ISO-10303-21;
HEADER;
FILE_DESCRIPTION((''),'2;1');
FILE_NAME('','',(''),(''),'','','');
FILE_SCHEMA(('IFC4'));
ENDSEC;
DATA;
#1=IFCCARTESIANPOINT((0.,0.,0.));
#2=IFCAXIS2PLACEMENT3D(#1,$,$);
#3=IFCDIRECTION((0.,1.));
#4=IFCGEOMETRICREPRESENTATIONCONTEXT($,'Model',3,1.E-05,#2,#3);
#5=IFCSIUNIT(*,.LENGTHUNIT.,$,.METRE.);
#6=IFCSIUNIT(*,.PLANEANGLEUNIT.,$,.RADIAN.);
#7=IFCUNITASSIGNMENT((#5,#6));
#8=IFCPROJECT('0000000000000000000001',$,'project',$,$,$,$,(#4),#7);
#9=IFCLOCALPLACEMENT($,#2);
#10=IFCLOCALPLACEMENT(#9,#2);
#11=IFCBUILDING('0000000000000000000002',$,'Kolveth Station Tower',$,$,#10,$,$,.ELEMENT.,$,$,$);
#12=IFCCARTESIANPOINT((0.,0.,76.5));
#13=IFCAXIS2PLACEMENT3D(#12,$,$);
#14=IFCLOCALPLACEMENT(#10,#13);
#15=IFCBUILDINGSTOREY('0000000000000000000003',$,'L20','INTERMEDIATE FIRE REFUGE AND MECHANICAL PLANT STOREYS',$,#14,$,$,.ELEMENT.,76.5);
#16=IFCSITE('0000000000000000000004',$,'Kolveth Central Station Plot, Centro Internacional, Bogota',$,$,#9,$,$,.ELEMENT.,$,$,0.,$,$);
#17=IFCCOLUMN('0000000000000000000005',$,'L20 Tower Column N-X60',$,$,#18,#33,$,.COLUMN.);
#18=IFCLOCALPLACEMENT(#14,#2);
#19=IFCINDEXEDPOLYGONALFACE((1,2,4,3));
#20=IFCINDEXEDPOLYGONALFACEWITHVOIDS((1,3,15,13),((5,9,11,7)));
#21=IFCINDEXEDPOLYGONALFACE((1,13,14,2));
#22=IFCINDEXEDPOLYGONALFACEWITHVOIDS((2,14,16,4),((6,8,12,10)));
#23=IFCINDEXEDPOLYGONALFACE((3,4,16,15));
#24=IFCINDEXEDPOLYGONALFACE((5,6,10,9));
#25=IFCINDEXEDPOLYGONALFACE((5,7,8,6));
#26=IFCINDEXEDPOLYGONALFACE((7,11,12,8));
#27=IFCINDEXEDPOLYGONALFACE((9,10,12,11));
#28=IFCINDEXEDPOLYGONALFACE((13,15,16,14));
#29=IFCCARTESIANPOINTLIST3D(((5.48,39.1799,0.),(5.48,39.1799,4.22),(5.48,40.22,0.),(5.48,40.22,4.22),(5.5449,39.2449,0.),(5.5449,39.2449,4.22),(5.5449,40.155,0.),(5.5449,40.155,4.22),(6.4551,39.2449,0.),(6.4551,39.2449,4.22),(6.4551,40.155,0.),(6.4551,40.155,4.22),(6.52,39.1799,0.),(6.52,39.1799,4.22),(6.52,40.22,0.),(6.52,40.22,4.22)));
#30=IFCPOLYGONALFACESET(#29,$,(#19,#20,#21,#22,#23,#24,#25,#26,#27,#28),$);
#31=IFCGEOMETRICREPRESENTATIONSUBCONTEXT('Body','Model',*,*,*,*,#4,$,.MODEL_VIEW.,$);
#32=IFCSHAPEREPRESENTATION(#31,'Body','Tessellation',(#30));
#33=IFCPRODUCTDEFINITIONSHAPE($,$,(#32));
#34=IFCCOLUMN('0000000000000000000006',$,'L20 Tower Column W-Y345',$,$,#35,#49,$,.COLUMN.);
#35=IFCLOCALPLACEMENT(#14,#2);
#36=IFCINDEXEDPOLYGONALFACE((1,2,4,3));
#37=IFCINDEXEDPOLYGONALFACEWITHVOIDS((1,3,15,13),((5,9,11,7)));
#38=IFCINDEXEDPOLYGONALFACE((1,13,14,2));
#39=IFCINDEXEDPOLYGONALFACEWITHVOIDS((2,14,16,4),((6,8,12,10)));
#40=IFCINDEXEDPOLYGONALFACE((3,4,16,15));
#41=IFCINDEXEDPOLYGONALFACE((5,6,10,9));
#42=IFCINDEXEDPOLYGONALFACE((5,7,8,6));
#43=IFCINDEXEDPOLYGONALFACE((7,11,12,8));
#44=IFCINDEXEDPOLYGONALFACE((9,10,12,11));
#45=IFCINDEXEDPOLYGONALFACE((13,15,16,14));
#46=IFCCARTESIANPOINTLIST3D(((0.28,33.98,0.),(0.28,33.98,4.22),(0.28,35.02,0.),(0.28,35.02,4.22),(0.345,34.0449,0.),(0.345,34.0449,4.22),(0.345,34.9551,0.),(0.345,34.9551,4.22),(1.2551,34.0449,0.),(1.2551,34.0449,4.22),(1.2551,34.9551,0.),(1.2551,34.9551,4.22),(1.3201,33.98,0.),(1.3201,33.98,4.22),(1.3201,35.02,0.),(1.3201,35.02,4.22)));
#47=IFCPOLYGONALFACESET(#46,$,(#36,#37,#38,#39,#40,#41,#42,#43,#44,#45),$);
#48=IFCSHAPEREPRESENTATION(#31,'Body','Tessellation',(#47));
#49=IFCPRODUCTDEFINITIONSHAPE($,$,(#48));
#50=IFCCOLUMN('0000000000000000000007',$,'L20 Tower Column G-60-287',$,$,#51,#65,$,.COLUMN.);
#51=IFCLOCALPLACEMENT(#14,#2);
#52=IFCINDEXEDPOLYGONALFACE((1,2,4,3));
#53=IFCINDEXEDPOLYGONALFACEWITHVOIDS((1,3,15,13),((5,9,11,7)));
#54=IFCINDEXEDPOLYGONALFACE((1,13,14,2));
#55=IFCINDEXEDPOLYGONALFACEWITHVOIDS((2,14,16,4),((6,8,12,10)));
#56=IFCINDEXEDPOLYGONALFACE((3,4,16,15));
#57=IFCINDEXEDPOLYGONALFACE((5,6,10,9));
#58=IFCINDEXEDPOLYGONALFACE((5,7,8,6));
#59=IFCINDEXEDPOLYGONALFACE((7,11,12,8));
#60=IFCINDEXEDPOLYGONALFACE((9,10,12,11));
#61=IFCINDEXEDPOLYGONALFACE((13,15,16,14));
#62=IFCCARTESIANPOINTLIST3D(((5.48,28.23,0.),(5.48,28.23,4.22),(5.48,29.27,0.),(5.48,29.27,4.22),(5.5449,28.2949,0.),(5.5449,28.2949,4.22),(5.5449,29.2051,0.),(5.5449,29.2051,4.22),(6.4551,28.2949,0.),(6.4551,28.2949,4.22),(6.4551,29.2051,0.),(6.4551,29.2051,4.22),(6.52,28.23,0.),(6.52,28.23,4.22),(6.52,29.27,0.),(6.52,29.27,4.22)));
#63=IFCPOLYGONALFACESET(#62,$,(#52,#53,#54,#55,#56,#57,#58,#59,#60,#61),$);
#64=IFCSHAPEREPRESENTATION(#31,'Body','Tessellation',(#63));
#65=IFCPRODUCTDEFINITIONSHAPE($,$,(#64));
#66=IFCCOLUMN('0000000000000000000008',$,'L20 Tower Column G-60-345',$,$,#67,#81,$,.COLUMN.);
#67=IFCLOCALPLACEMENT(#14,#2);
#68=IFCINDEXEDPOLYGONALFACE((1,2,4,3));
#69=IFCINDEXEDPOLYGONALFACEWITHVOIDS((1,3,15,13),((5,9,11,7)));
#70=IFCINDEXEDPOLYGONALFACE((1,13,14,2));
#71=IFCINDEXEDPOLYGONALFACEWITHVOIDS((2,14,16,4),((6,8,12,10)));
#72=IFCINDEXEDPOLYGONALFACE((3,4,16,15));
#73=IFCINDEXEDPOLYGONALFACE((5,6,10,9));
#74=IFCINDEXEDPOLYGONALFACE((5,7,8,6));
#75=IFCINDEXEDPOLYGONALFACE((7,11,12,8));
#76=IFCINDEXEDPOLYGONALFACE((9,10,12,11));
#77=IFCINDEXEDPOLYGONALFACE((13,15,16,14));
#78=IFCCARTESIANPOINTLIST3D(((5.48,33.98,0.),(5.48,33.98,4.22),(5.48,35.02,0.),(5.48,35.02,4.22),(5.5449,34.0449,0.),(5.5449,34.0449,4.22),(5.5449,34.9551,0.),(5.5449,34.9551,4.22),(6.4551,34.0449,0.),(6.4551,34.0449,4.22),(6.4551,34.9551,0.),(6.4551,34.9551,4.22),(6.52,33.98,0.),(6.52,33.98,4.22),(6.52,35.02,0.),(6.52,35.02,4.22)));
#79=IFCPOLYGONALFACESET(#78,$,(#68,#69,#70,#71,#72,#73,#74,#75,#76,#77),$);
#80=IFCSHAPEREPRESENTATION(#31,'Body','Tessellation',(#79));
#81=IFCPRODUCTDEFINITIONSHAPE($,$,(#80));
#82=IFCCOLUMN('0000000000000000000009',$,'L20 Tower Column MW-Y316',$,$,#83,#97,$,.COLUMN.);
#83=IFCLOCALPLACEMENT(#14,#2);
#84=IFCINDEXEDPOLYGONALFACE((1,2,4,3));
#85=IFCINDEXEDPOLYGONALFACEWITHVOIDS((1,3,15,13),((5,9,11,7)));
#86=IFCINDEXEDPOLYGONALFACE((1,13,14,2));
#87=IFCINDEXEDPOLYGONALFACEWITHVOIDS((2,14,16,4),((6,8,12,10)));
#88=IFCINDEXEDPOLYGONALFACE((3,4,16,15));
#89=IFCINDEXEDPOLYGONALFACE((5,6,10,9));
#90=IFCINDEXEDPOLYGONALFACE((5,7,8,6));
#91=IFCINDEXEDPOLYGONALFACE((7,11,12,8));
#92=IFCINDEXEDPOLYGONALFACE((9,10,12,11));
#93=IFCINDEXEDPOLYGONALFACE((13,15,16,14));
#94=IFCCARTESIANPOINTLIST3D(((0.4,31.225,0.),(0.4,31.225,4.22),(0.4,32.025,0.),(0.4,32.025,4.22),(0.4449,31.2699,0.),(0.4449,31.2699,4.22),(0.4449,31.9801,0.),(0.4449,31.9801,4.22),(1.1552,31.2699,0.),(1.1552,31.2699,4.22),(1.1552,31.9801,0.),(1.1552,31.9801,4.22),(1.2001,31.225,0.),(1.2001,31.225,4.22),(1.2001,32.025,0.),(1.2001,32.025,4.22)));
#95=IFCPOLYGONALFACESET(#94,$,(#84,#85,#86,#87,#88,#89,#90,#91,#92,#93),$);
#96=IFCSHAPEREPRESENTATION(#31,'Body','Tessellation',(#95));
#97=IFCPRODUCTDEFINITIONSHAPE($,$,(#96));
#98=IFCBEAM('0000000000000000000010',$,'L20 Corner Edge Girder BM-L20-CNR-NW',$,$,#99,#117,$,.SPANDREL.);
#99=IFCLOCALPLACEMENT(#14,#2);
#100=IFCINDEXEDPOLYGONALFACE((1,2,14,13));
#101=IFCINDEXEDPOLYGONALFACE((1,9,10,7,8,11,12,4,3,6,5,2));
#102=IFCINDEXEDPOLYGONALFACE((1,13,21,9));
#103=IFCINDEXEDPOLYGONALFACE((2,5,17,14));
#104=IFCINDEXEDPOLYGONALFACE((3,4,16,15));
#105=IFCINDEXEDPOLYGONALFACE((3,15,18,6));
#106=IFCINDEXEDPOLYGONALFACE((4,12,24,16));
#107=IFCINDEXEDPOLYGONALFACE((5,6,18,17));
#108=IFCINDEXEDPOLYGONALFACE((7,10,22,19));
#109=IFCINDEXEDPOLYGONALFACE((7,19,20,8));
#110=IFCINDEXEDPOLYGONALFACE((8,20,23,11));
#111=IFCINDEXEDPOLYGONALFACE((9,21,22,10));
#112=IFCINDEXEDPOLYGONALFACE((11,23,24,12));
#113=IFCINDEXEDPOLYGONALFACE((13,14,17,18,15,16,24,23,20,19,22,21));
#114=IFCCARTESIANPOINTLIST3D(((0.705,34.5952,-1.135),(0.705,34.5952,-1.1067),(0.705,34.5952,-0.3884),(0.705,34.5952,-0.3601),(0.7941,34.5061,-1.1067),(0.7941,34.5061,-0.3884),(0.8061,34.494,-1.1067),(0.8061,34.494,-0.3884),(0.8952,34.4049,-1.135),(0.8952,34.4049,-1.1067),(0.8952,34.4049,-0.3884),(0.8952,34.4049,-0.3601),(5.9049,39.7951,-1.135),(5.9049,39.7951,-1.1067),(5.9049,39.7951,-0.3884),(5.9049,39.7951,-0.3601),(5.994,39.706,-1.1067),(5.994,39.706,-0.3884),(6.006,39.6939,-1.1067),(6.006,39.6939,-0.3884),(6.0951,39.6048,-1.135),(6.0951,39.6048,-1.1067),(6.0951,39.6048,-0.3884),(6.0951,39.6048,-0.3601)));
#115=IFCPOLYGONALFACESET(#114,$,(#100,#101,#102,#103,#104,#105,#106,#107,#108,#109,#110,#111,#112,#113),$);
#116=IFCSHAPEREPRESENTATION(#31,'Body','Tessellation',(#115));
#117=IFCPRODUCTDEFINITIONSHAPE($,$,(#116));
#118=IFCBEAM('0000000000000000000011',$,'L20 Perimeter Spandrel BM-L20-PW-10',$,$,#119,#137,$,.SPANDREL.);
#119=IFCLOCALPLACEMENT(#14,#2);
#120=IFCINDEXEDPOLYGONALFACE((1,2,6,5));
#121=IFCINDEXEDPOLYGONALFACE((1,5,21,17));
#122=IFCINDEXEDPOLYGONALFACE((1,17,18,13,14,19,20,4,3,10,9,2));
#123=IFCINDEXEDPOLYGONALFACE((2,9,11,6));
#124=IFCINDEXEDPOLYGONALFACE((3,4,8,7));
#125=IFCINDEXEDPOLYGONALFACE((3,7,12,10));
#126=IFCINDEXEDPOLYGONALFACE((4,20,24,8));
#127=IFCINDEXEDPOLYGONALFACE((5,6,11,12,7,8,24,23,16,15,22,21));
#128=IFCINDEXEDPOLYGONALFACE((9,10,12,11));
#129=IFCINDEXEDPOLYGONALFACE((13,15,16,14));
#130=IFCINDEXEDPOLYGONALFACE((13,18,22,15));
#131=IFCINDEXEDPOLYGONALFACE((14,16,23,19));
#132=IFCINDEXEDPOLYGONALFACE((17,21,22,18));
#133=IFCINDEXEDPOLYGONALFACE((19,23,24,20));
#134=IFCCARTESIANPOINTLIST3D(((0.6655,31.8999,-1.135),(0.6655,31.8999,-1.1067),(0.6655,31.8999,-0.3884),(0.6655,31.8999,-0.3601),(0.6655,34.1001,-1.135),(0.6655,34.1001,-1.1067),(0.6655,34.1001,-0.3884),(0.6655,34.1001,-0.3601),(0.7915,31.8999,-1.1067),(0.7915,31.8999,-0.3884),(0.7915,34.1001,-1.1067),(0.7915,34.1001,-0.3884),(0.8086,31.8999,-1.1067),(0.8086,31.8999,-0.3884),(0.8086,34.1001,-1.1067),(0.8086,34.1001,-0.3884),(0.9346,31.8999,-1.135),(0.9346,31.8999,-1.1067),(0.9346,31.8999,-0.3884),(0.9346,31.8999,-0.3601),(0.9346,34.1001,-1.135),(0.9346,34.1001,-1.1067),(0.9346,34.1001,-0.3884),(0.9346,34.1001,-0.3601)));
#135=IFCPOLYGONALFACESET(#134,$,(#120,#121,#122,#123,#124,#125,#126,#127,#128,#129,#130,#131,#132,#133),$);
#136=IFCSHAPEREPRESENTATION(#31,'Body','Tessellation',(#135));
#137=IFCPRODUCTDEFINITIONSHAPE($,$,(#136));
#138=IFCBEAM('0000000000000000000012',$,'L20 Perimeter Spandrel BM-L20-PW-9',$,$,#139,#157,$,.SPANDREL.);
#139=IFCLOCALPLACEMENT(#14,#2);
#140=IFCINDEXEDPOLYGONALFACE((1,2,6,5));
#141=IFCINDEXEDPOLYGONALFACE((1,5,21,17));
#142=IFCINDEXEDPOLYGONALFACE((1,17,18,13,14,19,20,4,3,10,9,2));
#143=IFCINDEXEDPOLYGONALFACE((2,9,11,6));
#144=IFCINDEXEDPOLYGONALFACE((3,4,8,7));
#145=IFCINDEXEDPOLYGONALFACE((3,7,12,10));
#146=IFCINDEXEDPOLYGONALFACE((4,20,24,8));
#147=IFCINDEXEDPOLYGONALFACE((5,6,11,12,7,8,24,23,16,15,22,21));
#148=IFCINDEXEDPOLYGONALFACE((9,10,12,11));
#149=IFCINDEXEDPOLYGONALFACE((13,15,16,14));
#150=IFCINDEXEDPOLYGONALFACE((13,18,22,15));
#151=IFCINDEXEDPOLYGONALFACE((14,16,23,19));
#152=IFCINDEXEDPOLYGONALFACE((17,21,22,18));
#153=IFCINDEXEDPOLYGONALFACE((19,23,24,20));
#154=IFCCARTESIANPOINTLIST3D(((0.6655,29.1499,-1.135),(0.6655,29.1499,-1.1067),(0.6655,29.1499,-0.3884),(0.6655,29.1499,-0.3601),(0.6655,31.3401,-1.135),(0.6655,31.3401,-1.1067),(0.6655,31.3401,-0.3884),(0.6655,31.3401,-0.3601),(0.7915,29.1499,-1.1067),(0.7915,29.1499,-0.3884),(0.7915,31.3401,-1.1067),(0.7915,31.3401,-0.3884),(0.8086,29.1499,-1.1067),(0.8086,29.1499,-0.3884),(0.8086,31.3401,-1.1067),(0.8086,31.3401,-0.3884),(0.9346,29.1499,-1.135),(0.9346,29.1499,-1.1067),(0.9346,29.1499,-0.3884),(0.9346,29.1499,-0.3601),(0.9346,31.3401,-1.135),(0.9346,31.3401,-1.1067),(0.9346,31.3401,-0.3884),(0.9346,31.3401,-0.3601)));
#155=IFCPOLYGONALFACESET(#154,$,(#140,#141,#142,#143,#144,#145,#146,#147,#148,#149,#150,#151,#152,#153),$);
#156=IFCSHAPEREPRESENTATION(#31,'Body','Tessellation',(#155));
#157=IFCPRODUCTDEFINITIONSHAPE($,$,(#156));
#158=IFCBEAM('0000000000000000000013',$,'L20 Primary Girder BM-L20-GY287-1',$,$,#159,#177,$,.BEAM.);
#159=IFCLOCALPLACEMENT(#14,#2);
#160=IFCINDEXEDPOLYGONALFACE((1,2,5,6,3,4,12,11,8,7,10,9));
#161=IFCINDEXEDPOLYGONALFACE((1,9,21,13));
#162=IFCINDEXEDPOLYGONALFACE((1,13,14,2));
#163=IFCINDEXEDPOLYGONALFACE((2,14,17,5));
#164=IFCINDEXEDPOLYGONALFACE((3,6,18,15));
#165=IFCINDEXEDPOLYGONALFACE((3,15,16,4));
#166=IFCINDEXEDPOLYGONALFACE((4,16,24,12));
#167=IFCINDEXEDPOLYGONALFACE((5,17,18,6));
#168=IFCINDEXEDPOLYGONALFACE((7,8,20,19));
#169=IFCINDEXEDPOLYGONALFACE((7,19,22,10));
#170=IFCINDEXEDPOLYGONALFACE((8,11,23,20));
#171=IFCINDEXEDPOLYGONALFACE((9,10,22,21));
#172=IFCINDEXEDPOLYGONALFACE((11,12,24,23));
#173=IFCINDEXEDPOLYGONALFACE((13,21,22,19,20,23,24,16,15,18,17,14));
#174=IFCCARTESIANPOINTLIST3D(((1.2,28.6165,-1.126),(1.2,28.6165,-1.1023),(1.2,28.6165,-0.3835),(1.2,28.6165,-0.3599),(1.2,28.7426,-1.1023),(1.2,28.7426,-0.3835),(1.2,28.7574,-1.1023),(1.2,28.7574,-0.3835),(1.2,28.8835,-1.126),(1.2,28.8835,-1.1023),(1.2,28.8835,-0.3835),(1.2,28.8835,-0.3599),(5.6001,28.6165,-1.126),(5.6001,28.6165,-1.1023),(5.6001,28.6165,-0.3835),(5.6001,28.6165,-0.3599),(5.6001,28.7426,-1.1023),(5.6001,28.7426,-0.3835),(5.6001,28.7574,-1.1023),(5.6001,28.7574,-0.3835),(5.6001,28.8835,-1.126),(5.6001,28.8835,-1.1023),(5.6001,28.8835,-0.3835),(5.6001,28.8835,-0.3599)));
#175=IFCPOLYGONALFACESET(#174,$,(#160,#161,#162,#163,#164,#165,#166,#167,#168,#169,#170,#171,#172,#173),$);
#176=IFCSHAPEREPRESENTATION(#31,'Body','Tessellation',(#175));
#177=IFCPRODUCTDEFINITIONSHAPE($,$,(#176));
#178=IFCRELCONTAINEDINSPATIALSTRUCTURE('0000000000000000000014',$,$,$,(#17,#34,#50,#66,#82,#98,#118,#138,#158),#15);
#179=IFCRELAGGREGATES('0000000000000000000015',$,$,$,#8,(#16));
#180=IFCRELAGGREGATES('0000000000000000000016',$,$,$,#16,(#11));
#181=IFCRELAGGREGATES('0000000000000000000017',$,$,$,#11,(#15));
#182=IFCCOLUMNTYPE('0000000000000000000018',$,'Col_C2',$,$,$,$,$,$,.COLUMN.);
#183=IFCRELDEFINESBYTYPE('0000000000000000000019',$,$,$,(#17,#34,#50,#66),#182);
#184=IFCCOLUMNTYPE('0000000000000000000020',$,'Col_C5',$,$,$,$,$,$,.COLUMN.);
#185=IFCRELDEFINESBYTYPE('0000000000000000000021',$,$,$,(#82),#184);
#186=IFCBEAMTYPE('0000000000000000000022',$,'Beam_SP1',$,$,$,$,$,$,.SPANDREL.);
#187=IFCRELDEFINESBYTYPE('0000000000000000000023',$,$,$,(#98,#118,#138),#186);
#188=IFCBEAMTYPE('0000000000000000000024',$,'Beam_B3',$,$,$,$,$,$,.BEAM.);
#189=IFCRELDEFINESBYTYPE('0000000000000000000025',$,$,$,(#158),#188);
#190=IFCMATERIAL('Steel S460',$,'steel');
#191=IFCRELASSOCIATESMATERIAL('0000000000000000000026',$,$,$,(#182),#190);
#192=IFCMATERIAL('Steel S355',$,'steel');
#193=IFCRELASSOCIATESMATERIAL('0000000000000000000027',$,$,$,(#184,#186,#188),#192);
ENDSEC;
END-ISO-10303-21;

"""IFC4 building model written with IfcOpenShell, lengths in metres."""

from ifc_helpers import new_model, si_unit, direction, frame, origin, origin_2d, place, context, subcontext, project, spatial, hollow_rectangle, i_section, extrude, source, transform, mapped, material, material_profile, profile_set, type_object, element, save


model = new_model("IFC4")

# Units and contexts
model_context = context("Model", 3, precision=1e-05, world=origin(), true_north=direction((0.0, 1.0)))
body_context = subcontext(model_context, "Body", "Model", "MODEL_VIEW")
ifc_project = project(units=[si_unit("LENGTHUNIT", "METRE"), si_unit("PLANEANGLEUNIT", "RADIAN")], contexts=[model_context])

# Site, building, storey
site_placement = place(None, origin())
site = spatial("IfcSite", under=ifc_project, at=site_placement, Name="Kolveth Central Station Plot, Centro Internacional, Bogota", CompositionType="ELEMENT", RefElevation=0.0)
building_placement = place(site_placement, origin())
building = spatial("IfcBuilding", under=site, at=building_placement, Name="Kolveth Station Tower", CompositionType="ELEMENT")
storey_placement = place(building_placement, frame((0.0, 0.0, 76.5)))
storey = spatial("IfcBuildingStorey", under=building, at=storey_placement, Name="L20", Description="INTERMEDIATE FIRE REFUGE AND MECHANICAL PLANT STOREYS", CompositionType="ELEMENT", Elevation=76.5)

# Columns
ifc_material_1 = material(Name="Steel S460", Category="steel")
ifc_material_profile_1 = material_profile(ifc_material_1, hollow_rectangle(XDim=1.04, YDim=1.04, WallThickness=0.0649, at=origin_2d()), Name="BOX1040x1040x65")
ifc_profile_set_1 = profile_set([ifc_material_profile_1], Name="Steel S460")
column_type_1 = type_object("IfcColumnType", Name="Col_C2", PredefinedType="COLUMN", material=ifc_profile_set_1)
shared_shape_1 = source(origin(), body_context, "Body", "SweptSolid", [
    extrude(hollow_rectangle(XDim=1.04, YDim=1.04, WallThickness=0.0649, at=origin_2d()), origin(), (0.0, 0.0, 1.0), 4.22),
])
for number, where, z_axis, x_axis, name in (
    (1, (6.0, 39.7, 0.0), (0.0, 0.0, 1.0), (1.0, 0.0, 0.0), "L20 Tower Column N-X60"),
    (2, (0.8, 34.5, 0.0), (0.0, 0.0, 1.0), (1.0, 0.0, 0.0), "L20 Tower Column W-Y345"),
    (3, (6.0, 28.75, 0.0), (0.0, 0.0, 1.0), (1.0, 0.0, 0.0), "L20 Tower Column G-60-287"),
    (4, (6.0, 34.5, 0.0), (0.0, 0.0, 1.0), (1.0, 0.0, 0.0), "L20 Tower Column G-60-345"),
):
    element("IfcColumn", number, at=place(storey_placement, frame(where, z_axis=z_axis, x_axis=x_axis)), inside=storey, type_object=column_type_1, Name=name, PredefinedType="COLUMN", context=body_context, shape_type="MappedRepresentation", body=[
        mapped(shared_shape_1, transform((0.0, 0.0, 0.0), x_axis=(1.0, 0.0, 0.0), y_axis=(0.0, 1.0, 0.0), z_axis=(0.0, 0.0, 1.0), scale=1.0)),
    ])
ifc_material_2 = material(Name="Steel S355", Category="steel")
ifc_material_profile_2 = material_profile(ifc_material_2, hollow_rectangle(XDim=0.8, YDim=0.8, WallThickness=0.0449, at=origin_2d()), Name="BOX800x800x45")
ifc_profile_set_2 = profile_set([ifc_material_profile_2], Name="Steel S355")
column_type_2 = type_object("IfcColumnType", Name="Col_C5", PredefinedType="COLUMN", material=ifc_profile_set_2)
shared_shape_2 = source(origin(), body_context, "Body", "SweptSolid", [
    extrude(hollow_rectangle(XDim=0.8, YDim=0.8, WallThickness=0.0449, at=origin_2d()), origin(), (0.0, 0.0, 1.0), 4.22),
])
column_placement = place(storey_placement, frame((0.8, 31.625, 0.0), z_axis=(0.0, 0.0, 1.0), x_axis=(1.0, 0.0, 0.0)))
element("IfcColumn", 5, at=column_placement, inside=storey, type_object=column_type_2, Name="L20 Tower Column MW-Y316", PredefinedType="COLUMN", context=body_context, shape_type="MappedRepresentation", body=[
    mapped(shared_shape_2, transform((0.0, 0.0, 0.0), x_axis=(1.0, 0.0, 0.0), y_axis=(0.0, 1.0, 0.0), z_axis=(0.0, 0.0, 1.0), scale=1.0)),
])

# Beams
ifc_material_profile_3 = material_profile(ifc_material_2, i_section(OverallWidth=0.269, OverallDepth=0.7749, WebThickness=0.0171, FlangeThickness=0.0283, at=origin_2d()), Name="W760x220")
ifc_profile_set_3 = profile_set([ifc_material_profile_3], Name="Steel S355")
beam_type_1 = type_object("IfcBeamType", Name="Beam_SP1", PredefinedType="SPANDREL", material=ifc_profile_set_3)
shared_shape_3 = source(origin(), body_context, "Body", "SweptSolid", [
    extrude(i_section(OverallWidth=0.269, OverallDepth=0.7749, WebThickness=0.0171, FlangeThickness=0.0283, at=origin_2d()), origin(), (0.0, 0.0, 1.0), 7.3538),
])
beam_1_placement = place(storey_placement, frame((6.0, 39.7, -0.7476), z_axis=(-0.707107, -0.707107, 0.0), x_axis=(0.707107, -0.707107, 0.0)))
element("IfcBeam", 6, at=beam_1_placement, inside=storey, type_object=beam_type_1, Name="L20 Corner Edge Girder BM-L20-CNR-NW", PredefinedType="SPANDREL", context=body_context, shape_type="MappedRepresentation", body=[
    mapped(shared_shape_3, transform((0.0, 0.0, 0.0), x_axis=(1.0, 0.0, 0.0), y_axis=(0.0, 1.0, 0.0), z_axis=(0.0, 0.0, 1.0), scale=1.0)),
])
shared_shape_4 = source(origin(), body_context, "Body", "SweptSolid", [
    extrude(i_section(OverallWidth=0.269, OverallDepth=0.7749, WebThickness=0.0171, FlangeThickness=0.0283, at=origin_2d()), origin(), (0.0, 0.0, 1.0), 2.2002),
])
beam_2_placement = place(storey_placement, frame((0.8, 31.8999, -0.7476), z_axis=(0.0, 1.0, 0.0), x_axis=(-1.0, 0.0, 0.0)))
element("IfcBeam", 7, at=beam_2_placement, inside=storey, type_object=beam_type_1, Name="L20 Perimeter Spandrel BM-L20-PW-10", PredefinedType="SPANDREL", context=body_context, shape_type="MappedRepresentation", body=[
    mapped(shared_shape_4, transform((0.0, 0.0, 0.0), x_axis=(1.0, 0.0, 0.0), y_axis=(0.0, 1.0, 0.0), z_axis=(0.0, 0.0, 1.0), scale=1.0)),
])
shared_shape_5 = source(origin(), body_context, "Body", "SweptSolid", [
    extrude(i_section(OverallWidth=0.269, OverallDepth=0.7749, WebThickness=0.0171, FlangeThickness=0.0283, at=origin_2d()), origin(), (0.0, 0.0, 1.0), 2.1902),
])
beam_3_placement = place(storey_placement, frame((0.8, 29.1499, -0.7476), z_axis=(0.0, 1.0, 0.0), x_axis=(-1.0, 0.0, 0.0)))
element("IfcBeam", 8, at=beam_3_placement, inside=storey, type_object=beam_type_1, Name="L20 Perimeter Spandrel BM-L20-PW-9", PredefinedType="SPANDREL", context=body_context, shape_type="MappedRepresentation", body=[
    mapped(shared_shape_5, transform((0.0, 0.0, 0.0), x_axis=(1.0, 0.0, 0.0), y_axis=(0.0, 1.0, 0.0), z_axis=(0.0, 0.0, 1.0), scale=1.0)),
])
ifc_material_profile_4 = material_profile(ifc_material_2, i_section(OverallWidth=0.2671, OverallDepth=0.7661, WebThickness=0.0149, FlangeThickness=0.0237, at=origin_2d()), Name="W760x185")
ifc_profile_set_4 = profile_set([ifc_material_profile_4], Name="Steel S355")
beam_type_2 = type_object("IfcBeamType", Name="Beam_B3", PredefinedType="BEAM", material=ifc_profile_set_4)
shared_shape_6 = source(origin(), body_context, "Body", "SweptSolid", [
    extrude(i_section(OverallWidth=0.2671, OverallDepth=0.7661, WebThickness=0.0149, FlangeThickness=0.0237, at=origin_2d()), origin(), (0.0, 0.0, 1.0), 4.4001),
])
for number, where, z_axis, x_axis, name in (
    (9, (1.2, 28.75, -0.7429), (1.0, 0.0, 0.0), (0.0, 1.0, 0.0), "L20 Primary Girder BM-L20-GY287-1"),
):
    element("IfcBeam", number, at=place(storey_placement, frame(where, z_axis=z_axis, x_axis=x_axis)), inside=storey, type_object=beam_type_2, Name=name, PredefinedType="BEAM", context=body_context, shape_type="MappedRepresentation", body=[
        mapped(shared_shape_6, transform((0.0, 0.0, 0.0), x_axis=(1.0, 0.0, 0.0), y_axis=(0.0, 1.0, 0.0), z_axis=(0.0, 0.0, 1.0), scale=1.0)),
    ])

save(model, "model.ifc")
